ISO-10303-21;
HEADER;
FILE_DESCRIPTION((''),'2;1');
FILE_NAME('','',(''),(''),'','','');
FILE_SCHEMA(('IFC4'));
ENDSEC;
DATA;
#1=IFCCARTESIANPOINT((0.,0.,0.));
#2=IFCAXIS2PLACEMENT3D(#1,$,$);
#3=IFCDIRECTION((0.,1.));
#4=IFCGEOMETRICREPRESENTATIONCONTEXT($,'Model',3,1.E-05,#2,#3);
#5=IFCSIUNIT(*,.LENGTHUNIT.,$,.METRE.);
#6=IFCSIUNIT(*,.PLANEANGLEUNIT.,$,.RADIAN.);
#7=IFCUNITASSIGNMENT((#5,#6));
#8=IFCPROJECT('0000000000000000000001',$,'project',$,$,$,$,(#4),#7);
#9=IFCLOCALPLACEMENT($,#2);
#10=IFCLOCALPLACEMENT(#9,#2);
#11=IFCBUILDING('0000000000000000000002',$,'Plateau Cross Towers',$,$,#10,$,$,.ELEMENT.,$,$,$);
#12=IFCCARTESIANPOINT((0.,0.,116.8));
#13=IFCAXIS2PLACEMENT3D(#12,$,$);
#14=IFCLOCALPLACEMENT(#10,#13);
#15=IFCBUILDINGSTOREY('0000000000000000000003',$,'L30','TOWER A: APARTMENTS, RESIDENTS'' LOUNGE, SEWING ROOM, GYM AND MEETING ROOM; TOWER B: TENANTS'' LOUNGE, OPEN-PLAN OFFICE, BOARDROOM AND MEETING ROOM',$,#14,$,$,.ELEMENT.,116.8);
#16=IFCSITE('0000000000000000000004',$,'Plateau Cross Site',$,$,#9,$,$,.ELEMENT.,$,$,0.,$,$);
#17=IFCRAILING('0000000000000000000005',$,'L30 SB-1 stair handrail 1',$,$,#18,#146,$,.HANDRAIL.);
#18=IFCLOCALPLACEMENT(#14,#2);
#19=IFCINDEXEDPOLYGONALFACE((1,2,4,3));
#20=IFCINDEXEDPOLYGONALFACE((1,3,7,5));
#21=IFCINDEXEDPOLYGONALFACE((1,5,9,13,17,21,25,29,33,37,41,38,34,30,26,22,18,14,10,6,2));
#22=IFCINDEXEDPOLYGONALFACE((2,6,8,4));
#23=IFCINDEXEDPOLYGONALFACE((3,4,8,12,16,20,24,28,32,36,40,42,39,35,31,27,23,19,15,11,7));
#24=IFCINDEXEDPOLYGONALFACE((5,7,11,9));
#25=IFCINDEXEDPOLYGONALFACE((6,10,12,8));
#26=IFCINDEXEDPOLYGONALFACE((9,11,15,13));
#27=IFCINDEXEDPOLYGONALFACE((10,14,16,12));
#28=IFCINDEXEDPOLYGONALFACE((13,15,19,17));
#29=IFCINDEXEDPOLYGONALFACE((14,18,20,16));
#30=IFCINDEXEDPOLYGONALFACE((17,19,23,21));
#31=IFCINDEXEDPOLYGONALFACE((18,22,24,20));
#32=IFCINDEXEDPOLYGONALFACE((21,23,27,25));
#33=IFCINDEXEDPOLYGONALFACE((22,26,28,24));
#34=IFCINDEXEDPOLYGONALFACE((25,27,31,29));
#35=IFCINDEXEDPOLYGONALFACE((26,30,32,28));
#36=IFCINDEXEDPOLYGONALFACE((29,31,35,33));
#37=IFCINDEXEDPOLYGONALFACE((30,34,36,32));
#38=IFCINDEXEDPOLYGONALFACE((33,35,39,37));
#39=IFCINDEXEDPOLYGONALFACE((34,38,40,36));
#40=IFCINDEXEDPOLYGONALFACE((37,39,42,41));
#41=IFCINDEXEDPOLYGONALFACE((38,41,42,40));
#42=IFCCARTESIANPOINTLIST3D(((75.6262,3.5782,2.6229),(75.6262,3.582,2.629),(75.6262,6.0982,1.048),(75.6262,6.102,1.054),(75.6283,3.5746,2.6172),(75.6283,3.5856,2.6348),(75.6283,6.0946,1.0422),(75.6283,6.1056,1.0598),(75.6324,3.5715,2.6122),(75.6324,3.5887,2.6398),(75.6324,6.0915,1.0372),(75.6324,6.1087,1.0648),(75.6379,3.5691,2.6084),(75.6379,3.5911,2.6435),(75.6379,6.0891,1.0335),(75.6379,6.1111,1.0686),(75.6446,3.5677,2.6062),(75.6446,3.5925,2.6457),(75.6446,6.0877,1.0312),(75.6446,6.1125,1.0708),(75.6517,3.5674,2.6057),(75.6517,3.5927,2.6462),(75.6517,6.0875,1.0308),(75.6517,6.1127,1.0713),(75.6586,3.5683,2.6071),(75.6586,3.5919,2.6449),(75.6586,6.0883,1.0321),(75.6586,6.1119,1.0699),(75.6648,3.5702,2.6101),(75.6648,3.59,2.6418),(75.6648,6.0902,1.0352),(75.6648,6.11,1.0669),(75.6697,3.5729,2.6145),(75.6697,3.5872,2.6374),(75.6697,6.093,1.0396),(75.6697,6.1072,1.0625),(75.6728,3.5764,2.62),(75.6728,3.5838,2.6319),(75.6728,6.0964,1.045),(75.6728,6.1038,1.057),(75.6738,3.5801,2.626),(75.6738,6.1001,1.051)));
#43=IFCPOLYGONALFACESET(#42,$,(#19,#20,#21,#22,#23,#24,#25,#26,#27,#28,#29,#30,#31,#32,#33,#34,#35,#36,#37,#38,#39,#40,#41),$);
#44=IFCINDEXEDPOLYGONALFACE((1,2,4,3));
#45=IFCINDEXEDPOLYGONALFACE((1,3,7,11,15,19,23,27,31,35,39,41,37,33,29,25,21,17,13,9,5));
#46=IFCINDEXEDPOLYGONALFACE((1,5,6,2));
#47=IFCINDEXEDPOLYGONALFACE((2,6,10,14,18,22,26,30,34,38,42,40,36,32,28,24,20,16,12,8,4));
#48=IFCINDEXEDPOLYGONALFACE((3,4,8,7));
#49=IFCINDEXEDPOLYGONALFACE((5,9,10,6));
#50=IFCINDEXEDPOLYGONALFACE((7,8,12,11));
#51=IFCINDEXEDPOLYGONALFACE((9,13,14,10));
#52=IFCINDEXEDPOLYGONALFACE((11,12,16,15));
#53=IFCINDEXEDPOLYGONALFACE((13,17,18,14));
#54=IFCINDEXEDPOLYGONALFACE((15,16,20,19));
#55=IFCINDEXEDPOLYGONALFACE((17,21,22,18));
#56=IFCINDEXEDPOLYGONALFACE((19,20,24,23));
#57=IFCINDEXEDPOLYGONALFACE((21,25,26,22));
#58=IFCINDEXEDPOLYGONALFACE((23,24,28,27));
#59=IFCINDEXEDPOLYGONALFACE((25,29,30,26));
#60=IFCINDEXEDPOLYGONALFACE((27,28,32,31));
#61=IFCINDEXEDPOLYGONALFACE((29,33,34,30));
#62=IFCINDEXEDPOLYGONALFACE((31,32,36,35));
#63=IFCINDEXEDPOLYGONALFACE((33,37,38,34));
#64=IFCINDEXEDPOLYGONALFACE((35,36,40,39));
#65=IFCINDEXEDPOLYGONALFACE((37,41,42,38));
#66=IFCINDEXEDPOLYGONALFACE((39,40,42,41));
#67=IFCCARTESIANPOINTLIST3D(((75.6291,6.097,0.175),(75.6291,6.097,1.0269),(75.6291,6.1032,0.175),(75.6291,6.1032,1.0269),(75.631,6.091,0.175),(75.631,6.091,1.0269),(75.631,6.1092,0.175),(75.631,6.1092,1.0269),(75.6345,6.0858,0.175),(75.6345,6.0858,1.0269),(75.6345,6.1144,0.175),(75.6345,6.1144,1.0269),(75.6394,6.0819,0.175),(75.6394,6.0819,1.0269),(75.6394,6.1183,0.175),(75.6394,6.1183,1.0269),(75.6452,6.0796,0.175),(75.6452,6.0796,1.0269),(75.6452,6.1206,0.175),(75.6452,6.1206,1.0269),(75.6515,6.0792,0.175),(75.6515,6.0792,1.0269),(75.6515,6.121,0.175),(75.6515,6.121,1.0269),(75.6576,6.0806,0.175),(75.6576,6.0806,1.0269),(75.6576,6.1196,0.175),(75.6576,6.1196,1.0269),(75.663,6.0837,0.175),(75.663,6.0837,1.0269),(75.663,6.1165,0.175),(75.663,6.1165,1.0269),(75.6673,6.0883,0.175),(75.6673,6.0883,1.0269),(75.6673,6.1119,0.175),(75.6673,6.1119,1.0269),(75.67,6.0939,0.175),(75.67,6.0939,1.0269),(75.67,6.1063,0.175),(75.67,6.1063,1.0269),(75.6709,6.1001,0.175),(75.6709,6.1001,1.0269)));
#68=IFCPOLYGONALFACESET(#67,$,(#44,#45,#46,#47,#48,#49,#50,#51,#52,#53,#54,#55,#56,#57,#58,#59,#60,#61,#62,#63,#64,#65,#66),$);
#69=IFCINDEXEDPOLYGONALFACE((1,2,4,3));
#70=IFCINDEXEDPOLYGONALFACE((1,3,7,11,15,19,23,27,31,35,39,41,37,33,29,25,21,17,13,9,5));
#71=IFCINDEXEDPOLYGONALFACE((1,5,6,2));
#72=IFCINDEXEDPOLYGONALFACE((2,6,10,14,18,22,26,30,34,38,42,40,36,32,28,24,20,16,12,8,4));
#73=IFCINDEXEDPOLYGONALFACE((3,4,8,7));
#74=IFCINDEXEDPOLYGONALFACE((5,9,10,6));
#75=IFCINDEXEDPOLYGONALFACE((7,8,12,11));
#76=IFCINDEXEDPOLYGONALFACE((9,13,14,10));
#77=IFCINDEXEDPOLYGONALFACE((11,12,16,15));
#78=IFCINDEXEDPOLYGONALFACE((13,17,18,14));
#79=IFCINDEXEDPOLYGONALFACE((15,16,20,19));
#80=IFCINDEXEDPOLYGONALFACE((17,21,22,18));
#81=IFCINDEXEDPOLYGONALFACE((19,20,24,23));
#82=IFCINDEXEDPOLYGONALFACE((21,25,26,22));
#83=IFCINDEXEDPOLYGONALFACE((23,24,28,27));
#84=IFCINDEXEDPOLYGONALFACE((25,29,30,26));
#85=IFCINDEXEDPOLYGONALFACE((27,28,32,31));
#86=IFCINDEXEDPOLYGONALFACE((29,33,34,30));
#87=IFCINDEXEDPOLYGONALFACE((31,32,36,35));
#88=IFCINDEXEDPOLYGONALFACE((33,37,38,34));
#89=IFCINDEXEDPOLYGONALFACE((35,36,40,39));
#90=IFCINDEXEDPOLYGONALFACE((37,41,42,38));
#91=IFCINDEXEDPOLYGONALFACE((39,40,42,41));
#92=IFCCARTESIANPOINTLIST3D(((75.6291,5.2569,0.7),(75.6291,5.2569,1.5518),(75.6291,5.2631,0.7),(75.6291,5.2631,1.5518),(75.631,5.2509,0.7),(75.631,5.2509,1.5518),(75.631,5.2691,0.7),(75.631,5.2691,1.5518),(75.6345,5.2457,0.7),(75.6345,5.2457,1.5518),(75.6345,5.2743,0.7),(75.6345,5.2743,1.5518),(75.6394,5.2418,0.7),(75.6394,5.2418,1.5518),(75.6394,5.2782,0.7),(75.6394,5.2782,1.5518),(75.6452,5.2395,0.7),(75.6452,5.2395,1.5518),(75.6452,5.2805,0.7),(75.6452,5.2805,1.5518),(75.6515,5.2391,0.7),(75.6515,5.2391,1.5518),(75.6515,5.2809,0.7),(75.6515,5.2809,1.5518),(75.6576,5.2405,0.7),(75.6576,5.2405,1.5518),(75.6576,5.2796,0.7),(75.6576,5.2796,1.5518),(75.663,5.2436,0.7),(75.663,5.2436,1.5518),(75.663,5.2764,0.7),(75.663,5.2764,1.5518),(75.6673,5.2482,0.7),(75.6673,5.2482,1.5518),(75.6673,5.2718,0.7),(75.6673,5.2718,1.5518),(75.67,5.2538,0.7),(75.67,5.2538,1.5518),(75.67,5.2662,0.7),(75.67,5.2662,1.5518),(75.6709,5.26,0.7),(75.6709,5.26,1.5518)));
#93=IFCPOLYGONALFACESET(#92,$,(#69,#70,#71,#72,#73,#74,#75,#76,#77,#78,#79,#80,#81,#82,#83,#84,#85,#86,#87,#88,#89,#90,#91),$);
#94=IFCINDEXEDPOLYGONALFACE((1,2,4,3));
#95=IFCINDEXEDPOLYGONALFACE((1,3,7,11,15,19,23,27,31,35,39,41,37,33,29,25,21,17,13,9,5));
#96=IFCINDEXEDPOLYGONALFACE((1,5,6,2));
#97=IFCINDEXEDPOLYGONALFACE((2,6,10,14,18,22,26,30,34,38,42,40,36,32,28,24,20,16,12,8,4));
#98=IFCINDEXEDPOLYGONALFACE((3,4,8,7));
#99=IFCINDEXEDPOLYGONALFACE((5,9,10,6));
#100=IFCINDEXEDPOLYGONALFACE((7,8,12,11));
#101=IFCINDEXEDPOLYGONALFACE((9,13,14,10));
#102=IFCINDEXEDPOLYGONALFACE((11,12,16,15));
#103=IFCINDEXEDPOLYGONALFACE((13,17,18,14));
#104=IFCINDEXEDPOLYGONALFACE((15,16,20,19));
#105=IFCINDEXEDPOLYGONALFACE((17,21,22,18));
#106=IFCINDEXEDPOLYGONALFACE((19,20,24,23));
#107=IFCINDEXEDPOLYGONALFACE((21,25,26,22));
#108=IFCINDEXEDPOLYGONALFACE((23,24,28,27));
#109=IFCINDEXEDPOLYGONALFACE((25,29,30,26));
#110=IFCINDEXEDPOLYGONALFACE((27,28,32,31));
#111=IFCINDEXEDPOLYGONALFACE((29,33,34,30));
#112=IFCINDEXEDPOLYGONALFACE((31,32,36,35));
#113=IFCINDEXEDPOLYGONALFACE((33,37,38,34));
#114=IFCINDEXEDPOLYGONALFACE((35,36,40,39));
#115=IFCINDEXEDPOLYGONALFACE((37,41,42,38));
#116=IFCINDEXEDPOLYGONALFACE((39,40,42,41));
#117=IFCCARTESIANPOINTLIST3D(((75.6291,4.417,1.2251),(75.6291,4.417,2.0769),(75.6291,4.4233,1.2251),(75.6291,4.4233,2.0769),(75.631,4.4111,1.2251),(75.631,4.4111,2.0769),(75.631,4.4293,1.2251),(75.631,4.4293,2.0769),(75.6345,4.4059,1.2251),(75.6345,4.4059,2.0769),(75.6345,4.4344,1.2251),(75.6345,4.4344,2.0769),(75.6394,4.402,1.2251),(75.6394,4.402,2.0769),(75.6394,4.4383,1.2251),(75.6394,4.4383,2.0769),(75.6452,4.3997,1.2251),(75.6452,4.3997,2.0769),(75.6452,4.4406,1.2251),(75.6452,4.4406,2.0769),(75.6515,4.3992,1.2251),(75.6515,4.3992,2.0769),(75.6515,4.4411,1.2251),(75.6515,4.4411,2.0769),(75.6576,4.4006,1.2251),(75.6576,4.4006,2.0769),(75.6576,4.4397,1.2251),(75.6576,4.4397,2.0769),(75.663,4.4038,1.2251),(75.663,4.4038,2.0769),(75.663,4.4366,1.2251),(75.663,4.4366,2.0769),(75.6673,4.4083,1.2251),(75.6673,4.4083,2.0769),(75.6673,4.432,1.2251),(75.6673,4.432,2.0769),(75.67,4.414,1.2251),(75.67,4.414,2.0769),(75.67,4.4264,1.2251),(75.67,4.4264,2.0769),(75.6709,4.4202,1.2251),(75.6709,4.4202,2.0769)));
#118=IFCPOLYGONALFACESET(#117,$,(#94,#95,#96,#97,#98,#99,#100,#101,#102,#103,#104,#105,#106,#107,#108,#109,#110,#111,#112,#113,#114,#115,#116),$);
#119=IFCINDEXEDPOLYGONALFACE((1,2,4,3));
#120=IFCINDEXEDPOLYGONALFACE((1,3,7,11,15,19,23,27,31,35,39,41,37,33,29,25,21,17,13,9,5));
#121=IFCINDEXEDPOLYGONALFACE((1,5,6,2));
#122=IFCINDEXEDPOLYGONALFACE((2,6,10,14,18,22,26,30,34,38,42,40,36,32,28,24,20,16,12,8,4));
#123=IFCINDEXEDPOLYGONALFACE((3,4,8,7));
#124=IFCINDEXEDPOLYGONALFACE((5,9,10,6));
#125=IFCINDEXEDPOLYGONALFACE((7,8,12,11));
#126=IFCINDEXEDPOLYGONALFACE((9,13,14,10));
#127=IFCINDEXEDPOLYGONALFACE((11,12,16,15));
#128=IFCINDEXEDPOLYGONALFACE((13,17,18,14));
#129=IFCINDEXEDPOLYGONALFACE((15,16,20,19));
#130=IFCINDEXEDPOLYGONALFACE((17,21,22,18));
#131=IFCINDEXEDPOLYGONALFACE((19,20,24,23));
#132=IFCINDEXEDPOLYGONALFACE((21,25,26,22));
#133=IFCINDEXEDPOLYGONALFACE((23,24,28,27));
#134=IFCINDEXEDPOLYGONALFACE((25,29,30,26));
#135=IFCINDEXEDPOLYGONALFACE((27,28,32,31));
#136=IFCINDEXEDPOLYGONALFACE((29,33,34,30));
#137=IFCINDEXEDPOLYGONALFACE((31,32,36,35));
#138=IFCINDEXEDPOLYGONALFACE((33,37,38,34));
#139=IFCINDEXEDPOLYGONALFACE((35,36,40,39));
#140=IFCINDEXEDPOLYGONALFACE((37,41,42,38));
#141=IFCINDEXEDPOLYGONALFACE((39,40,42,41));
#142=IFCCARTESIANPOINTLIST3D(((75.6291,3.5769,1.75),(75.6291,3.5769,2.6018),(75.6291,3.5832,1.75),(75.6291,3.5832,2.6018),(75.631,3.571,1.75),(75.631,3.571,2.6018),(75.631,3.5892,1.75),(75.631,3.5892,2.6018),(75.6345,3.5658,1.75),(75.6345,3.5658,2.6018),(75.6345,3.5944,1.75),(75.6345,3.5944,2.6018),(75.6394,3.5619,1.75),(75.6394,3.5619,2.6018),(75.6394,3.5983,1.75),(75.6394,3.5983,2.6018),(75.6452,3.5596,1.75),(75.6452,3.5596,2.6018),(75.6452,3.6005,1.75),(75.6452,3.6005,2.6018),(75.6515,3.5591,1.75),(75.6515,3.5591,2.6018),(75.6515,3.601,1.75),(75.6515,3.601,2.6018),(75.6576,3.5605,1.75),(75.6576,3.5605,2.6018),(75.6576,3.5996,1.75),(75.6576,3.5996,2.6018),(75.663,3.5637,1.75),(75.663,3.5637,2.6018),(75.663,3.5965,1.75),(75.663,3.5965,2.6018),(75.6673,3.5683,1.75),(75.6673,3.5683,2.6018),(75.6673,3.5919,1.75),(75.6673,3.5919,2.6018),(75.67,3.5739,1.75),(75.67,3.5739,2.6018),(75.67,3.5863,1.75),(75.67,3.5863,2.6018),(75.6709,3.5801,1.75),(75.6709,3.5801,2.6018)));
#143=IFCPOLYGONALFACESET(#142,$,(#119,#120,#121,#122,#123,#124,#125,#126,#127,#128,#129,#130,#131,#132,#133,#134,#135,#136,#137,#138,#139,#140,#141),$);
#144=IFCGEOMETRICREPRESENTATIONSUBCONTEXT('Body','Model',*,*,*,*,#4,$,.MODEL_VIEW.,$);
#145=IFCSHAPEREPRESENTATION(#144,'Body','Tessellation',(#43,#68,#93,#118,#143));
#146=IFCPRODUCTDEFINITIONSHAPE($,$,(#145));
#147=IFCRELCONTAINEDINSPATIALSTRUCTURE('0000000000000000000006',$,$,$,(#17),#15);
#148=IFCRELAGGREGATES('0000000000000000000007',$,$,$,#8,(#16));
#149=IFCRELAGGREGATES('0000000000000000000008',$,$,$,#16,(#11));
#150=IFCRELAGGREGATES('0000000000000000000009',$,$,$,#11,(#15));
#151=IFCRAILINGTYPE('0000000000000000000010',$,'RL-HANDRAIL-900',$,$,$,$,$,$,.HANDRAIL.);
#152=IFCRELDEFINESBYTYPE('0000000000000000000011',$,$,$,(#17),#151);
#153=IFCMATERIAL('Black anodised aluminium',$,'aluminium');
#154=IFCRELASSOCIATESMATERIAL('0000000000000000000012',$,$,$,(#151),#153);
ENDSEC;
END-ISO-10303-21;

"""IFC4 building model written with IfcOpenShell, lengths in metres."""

from ifc_helpers import new_model, si_unit, direction, frame, origin, origin_2d, place, context, subcontext, project, spatial, circle, extrude, material, type_object, element, save


model = new_model("IFC4")

# Units and contexts
model_context = context("Model", 3, precision=1e-05, world=origin(), true_north=direction((0.0, 1.0)))
body_context = subcontext(model_context, "Body", "Model", "MODEL_VIEW")
ifc_project = project(units=[si_unit("LENGTHUNIT", "METRE"), si_unit("PLANEANGLEUNIT", "RADIAN")], contexts=[model_context])

# Site, building, storey
site_placement = place(None, origin())
site = spatial("IfcSite", under=ifc_project, at=site_placement, Name="Plateau Cross Site", CompositionType="ELEMENT", RefElevation=0.0)
building_placement = place(site_placement, origin())
building = spatial("IfcBuilding", under=site, at=building_placement, Name="Plateau Cross Towers", CompositionType="ELEMENT")
storey_placement = place(building_placement, frame((0.0, 0.0, 116.8)))
storey = spatial("IfcBuildingStorey", under=building, at=storey_placement, Name="L30", Description="TOWER A: APARTMENTS, RESIDENTS' LOUNGE, SEWING ROOM, GYM AND MEETING ROOM; TOWER B: TENANTS' LOUNGE, OPEN-PLAN OFFICE, BOARDROOM AND MEETING ROOM", CompositionType="ELEMENT", Elevation=116.8)

# Shared definitions
ifc_material_1 = material(Name="Black anodised aluminium", Category="aluminium")

# Railing
railing_type_1 = type_object("IfcRailingType", Name="RL-HANDRAIL-900", PredefinedType="HANDRAIL", material=ifc_material_1)
railing_1_placement = place(storey_placement, frame((75.6499, 6.1001, 0.175)))
element("IfcRailing", 1, at=railing_1_placement, inside=storey, type_object=railing_type_1, Name="L30 SB-1 stair handrail 1", PredefinedType="HANDRAIL", context=body_context, shape_type="SweptSolid", body=[
    extrude(circle(Radius=0.0239, at=origin_2d()), frame((0.0, 0.0, 0.876), z_axis=(0.0, -0.848008, 0.529984), x_axis=(1.0, 0.0, 0.0)), (0.0, 0.0, 1.0), 2.9717),
    extrude(circle(Radius=0.021, at=origin_2d()), origin(), (0.0, 0.0, 1.0), 0.8518),
    extrude(circle(Radius=0.021, at=origin_2d()), frame((0.0, -0.8401, 0.5249)), (0.0, 0.0, 1.0), 0.8518),
    extrude(circle(Radius=0.021, at=origin_2d()), frame((0.0, -1.6799, 1.05)), (0.0, 0.0, 1.0), 0.8518),
    extrude(circle(Radius=0.021, at=origin_2d()), frame((0.0, -2.52, 1.575)), (0.0, 0.0, 1.0), 0.8518),
])

save(model, "model.ifc")
